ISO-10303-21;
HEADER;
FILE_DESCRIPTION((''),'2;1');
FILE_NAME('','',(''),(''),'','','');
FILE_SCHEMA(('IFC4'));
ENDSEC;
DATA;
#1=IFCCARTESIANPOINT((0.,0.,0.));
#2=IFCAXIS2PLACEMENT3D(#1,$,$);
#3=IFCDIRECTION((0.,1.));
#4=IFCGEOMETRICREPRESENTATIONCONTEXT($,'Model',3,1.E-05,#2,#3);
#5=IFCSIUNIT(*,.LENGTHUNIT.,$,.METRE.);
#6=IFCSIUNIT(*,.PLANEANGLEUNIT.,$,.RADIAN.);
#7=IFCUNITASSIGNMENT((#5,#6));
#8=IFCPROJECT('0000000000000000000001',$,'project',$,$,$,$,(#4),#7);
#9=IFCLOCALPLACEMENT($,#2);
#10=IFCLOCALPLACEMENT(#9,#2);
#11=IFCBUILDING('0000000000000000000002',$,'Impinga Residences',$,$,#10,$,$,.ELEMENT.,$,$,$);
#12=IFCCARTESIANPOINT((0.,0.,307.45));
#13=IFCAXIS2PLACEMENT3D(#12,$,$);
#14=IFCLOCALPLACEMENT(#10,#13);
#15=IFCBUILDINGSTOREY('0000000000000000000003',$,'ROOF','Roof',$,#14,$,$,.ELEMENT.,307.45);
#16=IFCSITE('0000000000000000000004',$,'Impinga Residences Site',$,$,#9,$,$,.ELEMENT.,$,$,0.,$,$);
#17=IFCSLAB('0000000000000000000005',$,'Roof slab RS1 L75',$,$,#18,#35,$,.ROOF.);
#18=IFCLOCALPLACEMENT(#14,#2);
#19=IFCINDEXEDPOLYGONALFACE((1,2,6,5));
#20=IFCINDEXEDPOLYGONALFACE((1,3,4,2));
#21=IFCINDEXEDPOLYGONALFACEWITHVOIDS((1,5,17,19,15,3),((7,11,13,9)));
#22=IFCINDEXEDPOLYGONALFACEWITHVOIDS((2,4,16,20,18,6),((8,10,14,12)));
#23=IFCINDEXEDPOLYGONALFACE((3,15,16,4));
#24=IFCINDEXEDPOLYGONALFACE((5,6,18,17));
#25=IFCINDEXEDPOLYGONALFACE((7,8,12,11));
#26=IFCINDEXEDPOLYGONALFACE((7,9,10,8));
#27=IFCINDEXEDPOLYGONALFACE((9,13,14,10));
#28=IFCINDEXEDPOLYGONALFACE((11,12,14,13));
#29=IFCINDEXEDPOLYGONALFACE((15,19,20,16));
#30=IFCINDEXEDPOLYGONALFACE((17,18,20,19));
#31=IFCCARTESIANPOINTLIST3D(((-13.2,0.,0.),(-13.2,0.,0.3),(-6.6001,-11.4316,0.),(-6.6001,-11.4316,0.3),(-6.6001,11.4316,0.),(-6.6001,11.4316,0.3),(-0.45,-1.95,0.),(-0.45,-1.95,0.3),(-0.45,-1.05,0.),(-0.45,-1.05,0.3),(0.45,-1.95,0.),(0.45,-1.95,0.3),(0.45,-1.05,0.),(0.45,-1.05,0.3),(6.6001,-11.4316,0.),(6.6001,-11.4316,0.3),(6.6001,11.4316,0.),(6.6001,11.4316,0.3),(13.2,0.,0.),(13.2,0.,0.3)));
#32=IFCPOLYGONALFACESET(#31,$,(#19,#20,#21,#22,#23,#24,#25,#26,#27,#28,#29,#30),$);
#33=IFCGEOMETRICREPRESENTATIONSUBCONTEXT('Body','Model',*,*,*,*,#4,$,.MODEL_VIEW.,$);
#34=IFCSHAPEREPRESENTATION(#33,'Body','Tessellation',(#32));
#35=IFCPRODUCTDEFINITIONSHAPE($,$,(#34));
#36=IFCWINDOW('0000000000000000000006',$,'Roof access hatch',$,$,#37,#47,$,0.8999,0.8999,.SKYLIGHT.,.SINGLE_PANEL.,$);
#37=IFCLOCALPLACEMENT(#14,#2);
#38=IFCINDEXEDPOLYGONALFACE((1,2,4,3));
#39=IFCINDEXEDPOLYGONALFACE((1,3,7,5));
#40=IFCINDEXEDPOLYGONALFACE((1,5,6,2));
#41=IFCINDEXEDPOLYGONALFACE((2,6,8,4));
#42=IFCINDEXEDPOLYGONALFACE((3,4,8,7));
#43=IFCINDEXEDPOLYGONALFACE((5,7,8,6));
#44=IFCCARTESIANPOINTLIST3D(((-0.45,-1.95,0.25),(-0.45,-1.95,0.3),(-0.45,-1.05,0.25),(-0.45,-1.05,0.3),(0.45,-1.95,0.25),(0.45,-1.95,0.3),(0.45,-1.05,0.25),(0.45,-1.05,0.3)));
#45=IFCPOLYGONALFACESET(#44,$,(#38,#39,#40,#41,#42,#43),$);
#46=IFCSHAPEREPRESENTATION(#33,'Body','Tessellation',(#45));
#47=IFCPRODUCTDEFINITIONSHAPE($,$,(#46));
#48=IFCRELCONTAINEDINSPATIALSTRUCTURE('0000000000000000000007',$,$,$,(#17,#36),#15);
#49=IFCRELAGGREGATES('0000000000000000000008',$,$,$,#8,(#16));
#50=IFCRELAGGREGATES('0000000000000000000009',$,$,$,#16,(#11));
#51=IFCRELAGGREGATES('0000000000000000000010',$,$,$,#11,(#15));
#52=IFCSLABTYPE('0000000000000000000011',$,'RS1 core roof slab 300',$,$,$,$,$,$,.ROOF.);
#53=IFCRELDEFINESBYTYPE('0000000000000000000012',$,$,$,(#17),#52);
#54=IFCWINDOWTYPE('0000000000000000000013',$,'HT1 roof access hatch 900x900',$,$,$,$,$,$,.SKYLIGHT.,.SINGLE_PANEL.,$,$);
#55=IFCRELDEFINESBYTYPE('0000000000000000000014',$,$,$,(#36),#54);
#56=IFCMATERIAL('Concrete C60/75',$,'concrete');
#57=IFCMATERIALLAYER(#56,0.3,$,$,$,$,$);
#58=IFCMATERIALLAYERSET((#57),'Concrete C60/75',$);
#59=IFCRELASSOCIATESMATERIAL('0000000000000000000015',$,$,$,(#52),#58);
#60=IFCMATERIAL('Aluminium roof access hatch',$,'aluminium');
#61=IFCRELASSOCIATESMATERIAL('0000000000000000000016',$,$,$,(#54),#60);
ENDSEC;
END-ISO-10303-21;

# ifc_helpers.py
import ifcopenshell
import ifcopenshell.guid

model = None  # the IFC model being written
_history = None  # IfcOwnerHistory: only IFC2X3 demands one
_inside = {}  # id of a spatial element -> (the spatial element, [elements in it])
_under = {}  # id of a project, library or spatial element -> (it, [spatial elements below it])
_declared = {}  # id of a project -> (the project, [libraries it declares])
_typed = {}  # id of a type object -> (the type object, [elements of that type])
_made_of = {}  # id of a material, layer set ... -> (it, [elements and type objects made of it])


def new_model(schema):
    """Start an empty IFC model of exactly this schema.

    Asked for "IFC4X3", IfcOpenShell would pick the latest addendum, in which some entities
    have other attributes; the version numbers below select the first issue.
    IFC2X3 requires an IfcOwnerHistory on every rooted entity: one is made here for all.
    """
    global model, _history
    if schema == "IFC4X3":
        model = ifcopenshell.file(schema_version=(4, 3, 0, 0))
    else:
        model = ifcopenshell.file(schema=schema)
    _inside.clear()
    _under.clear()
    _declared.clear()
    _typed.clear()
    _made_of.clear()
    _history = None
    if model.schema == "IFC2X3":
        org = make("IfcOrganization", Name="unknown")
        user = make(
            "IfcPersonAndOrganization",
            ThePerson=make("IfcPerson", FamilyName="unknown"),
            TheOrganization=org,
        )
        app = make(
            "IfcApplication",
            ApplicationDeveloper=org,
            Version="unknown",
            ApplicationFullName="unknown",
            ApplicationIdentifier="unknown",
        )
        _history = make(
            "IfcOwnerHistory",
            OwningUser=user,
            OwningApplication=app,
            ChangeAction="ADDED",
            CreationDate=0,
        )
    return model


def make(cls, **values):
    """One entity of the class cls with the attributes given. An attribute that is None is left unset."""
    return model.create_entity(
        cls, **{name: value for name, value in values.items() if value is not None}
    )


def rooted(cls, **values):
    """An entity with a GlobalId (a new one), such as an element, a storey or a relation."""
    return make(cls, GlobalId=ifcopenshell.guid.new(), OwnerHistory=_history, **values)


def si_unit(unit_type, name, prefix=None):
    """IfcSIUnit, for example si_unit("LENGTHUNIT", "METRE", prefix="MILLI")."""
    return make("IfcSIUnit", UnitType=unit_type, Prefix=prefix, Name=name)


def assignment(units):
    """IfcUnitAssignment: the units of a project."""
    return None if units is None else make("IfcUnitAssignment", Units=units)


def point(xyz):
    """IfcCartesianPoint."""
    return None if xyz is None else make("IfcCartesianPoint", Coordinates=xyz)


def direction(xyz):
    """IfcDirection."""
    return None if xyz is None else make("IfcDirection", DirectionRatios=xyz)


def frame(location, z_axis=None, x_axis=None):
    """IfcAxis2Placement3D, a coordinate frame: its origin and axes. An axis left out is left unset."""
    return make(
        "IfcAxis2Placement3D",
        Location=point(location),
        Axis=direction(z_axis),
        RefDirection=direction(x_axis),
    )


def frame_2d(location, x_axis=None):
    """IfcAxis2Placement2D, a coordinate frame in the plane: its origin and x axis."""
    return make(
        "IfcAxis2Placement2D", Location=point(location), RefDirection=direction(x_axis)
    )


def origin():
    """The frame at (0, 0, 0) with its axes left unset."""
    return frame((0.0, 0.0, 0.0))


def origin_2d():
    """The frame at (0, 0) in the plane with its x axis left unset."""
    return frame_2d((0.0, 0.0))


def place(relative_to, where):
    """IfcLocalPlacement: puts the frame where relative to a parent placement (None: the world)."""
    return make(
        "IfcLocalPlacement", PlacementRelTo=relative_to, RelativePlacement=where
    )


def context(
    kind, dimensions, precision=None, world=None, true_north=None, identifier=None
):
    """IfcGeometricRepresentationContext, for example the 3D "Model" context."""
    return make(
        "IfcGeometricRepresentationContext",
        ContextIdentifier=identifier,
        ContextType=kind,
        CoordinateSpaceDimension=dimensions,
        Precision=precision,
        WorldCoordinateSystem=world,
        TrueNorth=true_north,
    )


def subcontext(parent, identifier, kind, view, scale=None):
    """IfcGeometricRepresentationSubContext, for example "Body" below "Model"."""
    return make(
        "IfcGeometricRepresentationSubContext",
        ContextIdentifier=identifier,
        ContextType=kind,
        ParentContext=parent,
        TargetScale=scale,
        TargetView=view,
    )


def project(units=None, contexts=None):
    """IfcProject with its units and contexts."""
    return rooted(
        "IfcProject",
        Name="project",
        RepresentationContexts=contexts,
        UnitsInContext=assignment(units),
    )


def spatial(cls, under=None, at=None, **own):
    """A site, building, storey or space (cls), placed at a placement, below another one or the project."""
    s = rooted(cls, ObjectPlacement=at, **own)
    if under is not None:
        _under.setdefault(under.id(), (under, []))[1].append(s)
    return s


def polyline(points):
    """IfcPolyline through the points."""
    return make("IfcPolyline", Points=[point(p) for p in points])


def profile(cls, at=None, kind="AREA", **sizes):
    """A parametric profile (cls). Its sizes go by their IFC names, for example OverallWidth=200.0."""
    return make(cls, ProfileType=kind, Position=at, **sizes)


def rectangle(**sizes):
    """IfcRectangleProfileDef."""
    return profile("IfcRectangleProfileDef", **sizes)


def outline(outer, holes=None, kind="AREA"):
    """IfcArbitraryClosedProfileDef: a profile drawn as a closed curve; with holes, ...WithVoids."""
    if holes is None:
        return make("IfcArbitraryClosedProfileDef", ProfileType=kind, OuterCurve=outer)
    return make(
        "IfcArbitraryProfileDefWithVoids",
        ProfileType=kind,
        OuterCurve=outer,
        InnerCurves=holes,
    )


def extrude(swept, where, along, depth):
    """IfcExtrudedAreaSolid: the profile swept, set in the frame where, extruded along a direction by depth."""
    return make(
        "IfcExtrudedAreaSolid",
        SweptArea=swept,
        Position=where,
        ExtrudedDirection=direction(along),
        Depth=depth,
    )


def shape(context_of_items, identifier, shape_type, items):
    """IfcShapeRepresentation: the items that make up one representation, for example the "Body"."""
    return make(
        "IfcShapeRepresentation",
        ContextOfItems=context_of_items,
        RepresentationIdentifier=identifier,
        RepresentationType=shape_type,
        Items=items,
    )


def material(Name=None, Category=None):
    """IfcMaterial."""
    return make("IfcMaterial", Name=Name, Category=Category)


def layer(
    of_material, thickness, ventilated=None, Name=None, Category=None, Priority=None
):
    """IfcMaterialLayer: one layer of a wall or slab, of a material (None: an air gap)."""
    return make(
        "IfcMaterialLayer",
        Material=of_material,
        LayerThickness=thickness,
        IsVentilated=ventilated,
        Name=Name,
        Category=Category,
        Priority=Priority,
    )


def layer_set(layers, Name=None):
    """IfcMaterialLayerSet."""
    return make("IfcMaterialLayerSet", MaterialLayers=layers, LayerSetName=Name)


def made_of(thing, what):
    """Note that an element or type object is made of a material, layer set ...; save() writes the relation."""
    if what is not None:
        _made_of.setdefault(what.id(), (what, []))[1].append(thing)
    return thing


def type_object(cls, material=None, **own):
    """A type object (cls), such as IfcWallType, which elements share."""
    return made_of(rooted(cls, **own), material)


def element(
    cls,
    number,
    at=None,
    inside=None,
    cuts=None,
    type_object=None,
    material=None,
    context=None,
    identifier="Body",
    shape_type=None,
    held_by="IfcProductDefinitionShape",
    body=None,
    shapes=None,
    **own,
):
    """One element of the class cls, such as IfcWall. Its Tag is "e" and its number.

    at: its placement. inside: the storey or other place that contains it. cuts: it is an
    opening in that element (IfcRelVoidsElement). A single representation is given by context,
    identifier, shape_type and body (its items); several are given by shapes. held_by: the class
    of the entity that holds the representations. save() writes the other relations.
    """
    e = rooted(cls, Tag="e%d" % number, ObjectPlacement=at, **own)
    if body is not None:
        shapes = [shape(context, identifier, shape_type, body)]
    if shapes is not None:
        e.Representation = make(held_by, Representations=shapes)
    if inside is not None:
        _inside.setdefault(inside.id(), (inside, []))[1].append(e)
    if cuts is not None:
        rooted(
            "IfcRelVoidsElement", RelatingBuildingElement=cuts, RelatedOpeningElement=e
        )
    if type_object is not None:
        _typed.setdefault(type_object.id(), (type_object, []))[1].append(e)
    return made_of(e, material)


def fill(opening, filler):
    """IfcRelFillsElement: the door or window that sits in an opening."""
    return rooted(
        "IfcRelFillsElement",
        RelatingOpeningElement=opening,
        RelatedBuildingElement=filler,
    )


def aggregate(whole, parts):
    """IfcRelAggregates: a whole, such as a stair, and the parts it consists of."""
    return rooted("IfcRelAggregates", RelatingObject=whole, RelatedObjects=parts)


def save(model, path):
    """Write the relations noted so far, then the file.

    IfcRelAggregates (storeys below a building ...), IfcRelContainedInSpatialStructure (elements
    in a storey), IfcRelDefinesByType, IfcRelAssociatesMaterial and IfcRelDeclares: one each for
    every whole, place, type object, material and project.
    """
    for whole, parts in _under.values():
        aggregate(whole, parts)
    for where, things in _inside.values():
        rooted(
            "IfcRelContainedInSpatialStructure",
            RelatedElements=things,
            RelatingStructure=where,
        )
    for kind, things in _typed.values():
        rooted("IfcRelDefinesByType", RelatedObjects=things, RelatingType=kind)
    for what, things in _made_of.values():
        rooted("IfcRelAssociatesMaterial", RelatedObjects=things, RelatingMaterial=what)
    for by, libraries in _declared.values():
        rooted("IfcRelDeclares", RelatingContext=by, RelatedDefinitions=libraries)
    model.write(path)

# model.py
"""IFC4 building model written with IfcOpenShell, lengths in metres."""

from ifc_helpers import new_model, si_unit, direction, frame, origin, origin_2d, place, context, subcontext, project, spatial, polyline, rectangle, outline, extrude, material, layer, layer_set, type_object, element, fill, save


model = new_model("IFC4")

# Units and contexts
model_context = context("Model", 3, precision=1e-05, world=origin(), true_north=direction((0.0, 1.0)))
body_context = subcontext(model_context, "Body", "Model", "MODEL_VIEW")
ifc_project = project(units=[si_unit("LENGTHUNIT", "METRE"), si_unit("PLANEANGLEUNIT", "RADIAN")], contexts=[model_context])

# Site, building, storey
site_placement = place(None, origin())
site = spatial("IfcSite", under=ifc_project, at=site_placement, Name="Impinga Residences Site", CompositionType="ELEMENT", RefElevation=0.0)
building_placement = place(site_placement, origin())
building = spatial("IfcBuilding", under=site, at=building_placement, Name="Impinga Residences", CompositionType="ELEMENT")
storey_placement = place(building_placement, frame((0.0, 0.0, 307.45)))
storey = spatial("IfcBuildingStorey", under=building, at=storey_placement, Name="ROOF", Description="Roof", CompositionType="ELEMENT", Elevation=307.45)

# Slab, opening, window
ifc_material_1 = material(Name="Concrete C60/75", Category="concrete")
ifc_layer = layer(ifc_material_1, 0.3)
ifc_layer_set = layer_set([ifc_layer], Name="Concrete C60/75")
slab_type = type_object("IfcSlabType", Name="RS1 core roof slab 300", PredefinedType="ROOF", material=ifc_layer_set)
slab_placement = place(storey_placement, origin())
slab = element("IfcSlab", 1, at=slab_placement, inside=storey, type_object=slab_type, Name="Roof slab RS1 L75", PredefinedType="ROOF", context=body_context, shape_type="SweptSolid", body=[
    extrude(outline(polyline([(13.2, 0.0), (6.6001, 11.4316), (-6.6001, 11.4316), (-13.2, 0.0), (-6.6001, -11.4316), (6.6001, -11.4316), (13.2, 0.0)])), origin(), (0.0, 0.0, 1.0), 0.3),
])
opening_placement = place(slab_placement, frame((0.0, -1.5, 0.0)))
opening = element("IfcOpeningElement", 2, at=opening_placement, cuts=slab, PredefinedType="OPENING", context=body_context, shape_type="SweptSolid", body=[
    extrude(rectangle(XDim=0.8999, YDim=0.8999, at=origin_2d()), origin(), (0.0, 0.0, 1.0), 0.3),
])
ifc_material_2 = material(Name="Aluminium roof access hatch", Category="aluminium")
window_type = type_object("IfcWindowType", Name="HT1 roof access hatch 900x900", PartitioningType="SINGLE_PANEL", PredefinedType="SKYLIGHT", material=ifc_material_2)
window_placement = place(opening_placement, frame((0.0, 0.0, 0.25)))
window = element("IfcWindow", 3, at=window_placement, inside=storey, type_object=window_type, Name="Roof access hatch", OverallHeight=0.8999, OverallWidth=0.8999, PartitioningType="SINGLE_PANEL", PredefinedType="SKYLIGHT", context=body_context, shape_type="SweptSolid", body=[
    extrude(rectangle(XDim=0.8999, YDim=0.8999, at=origin_2d()), origin(), (0.0, 0.0, 1.0), 0.05),
])
fill(opening, window)

save(model, "model.ifc")
